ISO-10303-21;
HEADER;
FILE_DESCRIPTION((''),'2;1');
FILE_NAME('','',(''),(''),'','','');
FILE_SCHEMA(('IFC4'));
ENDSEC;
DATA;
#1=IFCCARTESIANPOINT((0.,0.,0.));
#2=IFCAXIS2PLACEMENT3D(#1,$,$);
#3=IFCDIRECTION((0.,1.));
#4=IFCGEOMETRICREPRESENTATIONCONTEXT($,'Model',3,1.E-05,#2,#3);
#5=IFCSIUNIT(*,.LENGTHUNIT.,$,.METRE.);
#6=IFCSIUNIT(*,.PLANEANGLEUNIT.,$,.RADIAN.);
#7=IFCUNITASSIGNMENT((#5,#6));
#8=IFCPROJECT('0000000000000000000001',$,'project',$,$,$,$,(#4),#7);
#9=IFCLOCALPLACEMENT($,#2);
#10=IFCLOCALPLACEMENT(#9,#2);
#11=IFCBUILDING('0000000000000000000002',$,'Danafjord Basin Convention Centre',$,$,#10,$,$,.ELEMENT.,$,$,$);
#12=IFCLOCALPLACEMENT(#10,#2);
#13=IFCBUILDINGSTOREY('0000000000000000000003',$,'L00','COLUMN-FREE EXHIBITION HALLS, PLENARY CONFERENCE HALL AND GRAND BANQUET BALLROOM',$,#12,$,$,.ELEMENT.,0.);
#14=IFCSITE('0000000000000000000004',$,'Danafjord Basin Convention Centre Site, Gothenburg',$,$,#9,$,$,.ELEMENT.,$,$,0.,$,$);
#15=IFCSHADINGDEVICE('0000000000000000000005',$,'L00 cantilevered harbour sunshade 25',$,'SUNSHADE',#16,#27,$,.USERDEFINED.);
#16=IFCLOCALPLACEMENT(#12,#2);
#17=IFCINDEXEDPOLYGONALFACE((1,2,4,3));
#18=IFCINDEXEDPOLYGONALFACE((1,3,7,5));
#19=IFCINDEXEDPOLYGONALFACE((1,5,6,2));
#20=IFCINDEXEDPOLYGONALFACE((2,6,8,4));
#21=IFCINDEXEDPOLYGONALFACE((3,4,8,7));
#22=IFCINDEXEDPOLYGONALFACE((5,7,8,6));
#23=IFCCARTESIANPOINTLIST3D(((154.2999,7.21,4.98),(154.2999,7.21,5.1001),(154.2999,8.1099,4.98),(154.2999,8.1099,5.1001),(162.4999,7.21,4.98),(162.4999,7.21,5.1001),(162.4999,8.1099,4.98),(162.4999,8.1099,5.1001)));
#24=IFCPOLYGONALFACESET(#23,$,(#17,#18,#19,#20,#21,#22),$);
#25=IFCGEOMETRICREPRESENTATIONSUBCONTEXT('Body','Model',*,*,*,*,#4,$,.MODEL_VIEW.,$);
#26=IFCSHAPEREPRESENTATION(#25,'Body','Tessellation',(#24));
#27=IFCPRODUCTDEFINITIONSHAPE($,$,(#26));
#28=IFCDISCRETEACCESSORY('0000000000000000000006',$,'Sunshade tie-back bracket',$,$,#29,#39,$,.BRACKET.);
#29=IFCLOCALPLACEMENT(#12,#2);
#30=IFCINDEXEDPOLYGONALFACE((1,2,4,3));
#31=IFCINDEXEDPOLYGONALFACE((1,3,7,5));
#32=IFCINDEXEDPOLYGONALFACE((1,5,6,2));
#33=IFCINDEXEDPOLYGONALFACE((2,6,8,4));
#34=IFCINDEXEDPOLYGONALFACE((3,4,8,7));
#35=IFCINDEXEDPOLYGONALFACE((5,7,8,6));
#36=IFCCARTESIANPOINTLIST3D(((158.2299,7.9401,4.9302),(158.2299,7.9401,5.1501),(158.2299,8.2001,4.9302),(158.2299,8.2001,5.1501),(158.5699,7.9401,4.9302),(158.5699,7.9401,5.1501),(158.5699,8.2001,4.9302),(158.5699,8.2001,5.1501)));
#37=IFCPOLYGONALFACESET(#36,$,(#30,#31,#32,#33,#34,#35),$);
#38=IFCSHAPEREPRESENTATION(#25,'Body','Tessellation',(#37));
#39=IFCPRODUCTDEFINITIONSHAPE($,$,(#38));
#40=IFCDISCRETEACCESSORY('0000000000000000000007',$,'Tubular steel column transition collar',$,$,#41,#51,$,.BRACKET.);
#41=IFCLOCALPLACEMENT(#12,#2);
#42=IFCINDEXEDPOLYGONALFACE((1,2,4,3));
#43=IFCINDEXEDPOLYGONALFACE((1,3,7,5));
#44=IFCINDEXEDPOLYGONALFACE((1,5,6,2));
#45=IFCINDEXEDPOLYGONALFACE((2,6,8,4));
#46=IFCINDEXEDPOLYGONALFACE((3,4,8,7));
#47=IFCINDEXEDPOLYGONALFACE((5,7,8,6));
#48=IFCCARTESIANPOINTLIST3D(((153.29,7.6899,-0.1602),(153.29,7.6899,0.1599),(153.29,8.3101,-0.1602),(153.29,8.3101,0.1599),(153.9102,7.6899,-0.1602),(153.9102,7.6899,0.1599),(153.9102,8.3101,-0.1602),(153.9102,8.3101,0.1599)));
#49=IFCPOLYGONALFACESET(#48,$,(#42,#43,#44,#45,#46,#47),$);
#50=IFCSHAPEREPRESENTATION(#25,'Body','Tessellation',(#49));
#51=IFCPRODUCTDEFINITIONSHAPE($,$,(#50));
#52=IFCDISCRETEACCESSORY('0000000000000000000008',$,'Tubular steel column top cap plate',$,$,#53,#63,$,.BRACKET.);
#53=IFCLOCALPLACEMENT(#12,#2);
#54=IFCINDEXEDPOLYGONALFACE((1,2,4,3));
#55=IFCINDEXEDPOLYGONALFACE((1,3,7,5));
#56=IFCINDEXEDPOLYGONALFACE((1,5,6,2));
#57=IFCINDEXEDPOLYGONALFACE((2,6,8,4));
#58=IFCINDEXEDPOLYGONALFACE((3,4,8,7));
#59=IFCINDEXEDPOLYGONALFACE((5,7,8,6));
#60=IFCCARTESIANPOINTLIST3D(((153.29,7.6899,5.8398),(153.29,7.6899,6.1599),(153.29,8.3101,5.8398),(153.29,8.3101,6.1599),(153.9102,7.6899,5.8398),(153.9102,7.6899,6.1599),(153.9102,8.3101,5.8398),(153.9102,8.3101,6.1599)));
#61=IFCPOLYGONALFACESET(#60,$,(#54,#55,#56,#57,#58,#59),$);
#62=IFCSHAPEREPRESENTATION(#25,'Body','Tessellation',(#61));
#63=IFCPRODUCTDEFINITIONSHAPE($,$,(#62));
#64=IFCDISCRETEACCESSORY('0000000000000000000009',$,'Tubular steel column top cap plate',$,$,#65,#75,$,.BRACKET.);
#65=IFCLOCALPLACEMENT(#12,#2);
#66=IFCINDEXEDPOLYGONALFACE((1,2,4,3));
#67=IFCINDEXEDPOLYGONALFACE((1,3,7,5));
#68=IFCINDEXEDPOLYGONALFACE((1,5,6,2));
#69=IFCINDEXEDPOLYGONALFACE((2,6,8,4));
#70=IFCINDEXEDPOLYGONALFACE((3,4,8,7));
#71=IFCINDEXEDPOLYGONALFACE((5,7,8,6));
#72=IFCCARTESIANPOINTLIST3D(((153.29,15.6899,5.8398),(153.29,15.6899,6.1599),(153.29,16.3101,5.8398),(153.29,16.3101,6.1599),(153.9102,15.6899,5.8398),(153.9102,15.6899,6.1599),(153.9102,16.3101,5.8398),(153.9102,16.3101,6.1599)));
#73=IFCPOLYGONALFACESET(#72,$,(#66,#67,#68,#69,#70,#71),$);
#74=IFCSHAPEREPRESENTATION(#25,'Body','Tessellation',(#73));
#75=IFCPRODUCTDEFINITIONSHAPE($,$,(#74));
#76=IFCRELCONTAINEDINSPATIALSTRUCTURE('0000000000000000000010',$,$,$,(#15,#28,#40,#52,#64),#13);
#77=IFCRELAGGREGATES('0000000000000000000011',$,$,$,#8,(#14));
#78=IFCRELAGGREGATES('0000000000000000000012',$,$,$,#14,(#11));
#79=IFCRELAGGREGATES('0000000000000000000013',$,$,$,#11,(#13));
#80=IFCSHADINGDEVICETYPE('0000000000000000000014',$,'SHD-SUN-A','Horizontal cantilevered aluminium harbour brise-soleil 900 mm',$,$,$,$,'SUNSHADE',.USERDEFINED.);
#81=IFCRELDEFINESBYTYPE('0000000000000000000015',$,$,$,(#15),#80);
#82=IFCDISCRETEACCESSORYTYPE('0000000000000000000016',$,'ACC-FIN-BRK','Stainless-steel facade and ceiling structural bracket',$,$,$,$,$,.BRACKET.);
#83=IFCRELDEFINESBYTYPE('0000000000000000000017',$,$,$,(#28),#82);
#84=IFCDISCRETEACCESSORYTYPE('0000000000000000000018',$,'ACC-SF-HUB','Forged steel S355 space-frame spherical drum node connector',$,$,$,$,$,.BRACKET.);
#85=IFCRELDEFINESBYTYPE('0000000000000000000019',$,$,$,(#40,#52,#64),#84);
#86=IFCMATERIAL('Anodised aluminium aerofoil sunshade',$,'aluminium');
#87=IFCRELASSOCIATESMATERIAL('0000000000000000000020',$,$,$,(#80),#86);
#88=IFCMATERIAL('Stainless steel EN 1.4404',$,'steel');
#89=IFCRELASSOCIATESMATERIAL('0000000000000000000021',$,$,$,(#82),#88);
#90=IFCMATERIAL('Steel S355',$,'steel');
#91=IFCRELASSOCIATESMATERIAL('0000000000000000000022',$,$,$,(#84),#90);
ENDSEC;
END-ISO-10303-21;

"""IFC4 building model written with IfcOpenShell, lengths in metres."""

from ifc_helpers import new_model, si_unit, direction, frame, origin, origin_2d, place, context, subcontext, project, spatial, rectangle, extrude, material, type_object, element, save


model = new_model("IFC4")

# Units and contexts
model_context = context("Model", 3, precision=1e-05, world=origin(), true_north=direction((0.0, 1.0)))
body_context = subcontext(model_context, "Body", "Model", "MODEL_VIEW")
ifc_project = project(units=[si_unit("LENGTHUNIT", "METRE"), si_unit("PLANEANGLEUNIT", "RADIAN")], contexts=[model_context])

# Site, building, storey
site_placement = place(None, origin())
site = spatial("IfcSite", under=ifc_project, at=site_placement, Name="Danafjord Basin Convention Centre Site, Gothenburg", CompositionType="ELEMENT", RefElevation=0.0)
building_placement = place(site_placement, origin())
building = spatial("IfcBuilding", under=site, at=building_placement, Name="Danafjord Basin Convention Centre", CompositionType="ELEMENT")
storey_placement = place(building_placement, origin())
storey = spatial("IfcBuildingStorey", under=building, at=storey_placement, Name="L00", Description="COLUMN-FREE EXHIBITION HALLS, PLENARY CONFERENCE HALL AND GRAND BANQUET BALLROOM", CompositionType="ELEMENT", Elevation=0.0)

# Shared definitions
ifc_material_1 = material(Name="Steel S355", Category="steel")

# Shading device
ifc_material_2 = material(Name="Anodised aluminium aerofoil sunshade", Category="aluminium")
shading_device_type = type_object("IfcShadingDeviceType", Name="SHD-SUN-A", Description="Horizontal cantilevered aluminium harbour brise-soleil 900 mm", ElementType="SUNSHADE", PredefinedType="USERDEFINED", material=ifc_material_2)
shading_device_placement = place(storey_placement, frame((158.3999, 7.6599, 4.98), z_axis=(0.0, 0.0, 1.0), x_axis=(1.0, 0.0, 0.0)))
element("IfcShadingDevice", 1, at=shading_device_placement, inside=storey, type_object=shading_device_type, Name="L00 cantilevered harbour sunshade 25", ObjectType="SUNSHADE", PredefinedType="USERDEFINED", context=body_context, shape_type="SweptSolid", body=[
    extrude(rectangle(XDim=8.2, YDim=0.8999, at=origin_2d()), origin(), (0.0, 0.0, 1.0), 0.1201),
])

# Discrete accessories
ifc_material_3 = material(Name="Stainless steel EN 1.4404", Category="steel")
discrete_accessory_type_1 = type_object("IfcDiscreteAccessoryType", Name="ACC-FIN-BRK", Description="Stainless-steel facade and ceiling structural bracket", PredefinedType="BRACKET", material=ifc_material_3)
discrete_accessory_placement = place(storey_placement, frame((158.3999, 8.0701, 4.9302), z_axis=(0.0, 0.0, 1.0), x_axis=(1.0, 0.0, 0.0)))
element("IfcDiscreteAccessory", 2, at=discrete_accessory_placement, inside=storey, type_object=discrete_accessory_type_1, Name="Sunshade tie-back bracket", PredefinedType="BRACKET", context=body_context, shape_type="SweptSolid", body=[
    extrude(rectangle(XDim=0.3401, YDim=0.26, at=origin_2d()), origin(), (0.0, 0.0, 1.0), 0.22),
])
discrete_accessory_type_2 = type_object("IfcDiscreteAccessoryType", Name="ACC-SF-HUB", Description="Forged steel S355 space-frame spherical drum node connector", PredefinedType="BRACKET", material=ifc_material_1)
for number, where, z_axis, x_axis, name in (
    (3, (153.6001, 8.0, -0.1602), (0.0, 0.0, 1.0), (1.0, 0.0, 0.0), "Tubular steel column transition collar"),
    (4, (153.6001, 8.0, 5.8398), (0.0, 0.0, 1.0), (1.0, 0.0, 0.0), "Tubular steel column top cap plate"),
    (5, (153.6001, 16.0, 5.8398), (0.0, 0.0, 1.0), (1.0, 0.0, 0.0), "Tubular steel column top cap plate"),
):
    element("IfcDiscreteAccessory", number, at=place(storey_placement, frame(where, z_axis=z_axis, x_axis=x_axis)), inside=storey, type_object=discrete_accessory_type_2, Name=name, PredefinedType="BRACKET", context=body_context, shape_type="SweptSolid", body=[
        extrude(rectangle(XDim=0.6201, YDim=0.6201, at=origin_2d()), origin(), (0.0, 0.0, 1.0), 0.3201),
    ])

save(model, "model.ifc")
